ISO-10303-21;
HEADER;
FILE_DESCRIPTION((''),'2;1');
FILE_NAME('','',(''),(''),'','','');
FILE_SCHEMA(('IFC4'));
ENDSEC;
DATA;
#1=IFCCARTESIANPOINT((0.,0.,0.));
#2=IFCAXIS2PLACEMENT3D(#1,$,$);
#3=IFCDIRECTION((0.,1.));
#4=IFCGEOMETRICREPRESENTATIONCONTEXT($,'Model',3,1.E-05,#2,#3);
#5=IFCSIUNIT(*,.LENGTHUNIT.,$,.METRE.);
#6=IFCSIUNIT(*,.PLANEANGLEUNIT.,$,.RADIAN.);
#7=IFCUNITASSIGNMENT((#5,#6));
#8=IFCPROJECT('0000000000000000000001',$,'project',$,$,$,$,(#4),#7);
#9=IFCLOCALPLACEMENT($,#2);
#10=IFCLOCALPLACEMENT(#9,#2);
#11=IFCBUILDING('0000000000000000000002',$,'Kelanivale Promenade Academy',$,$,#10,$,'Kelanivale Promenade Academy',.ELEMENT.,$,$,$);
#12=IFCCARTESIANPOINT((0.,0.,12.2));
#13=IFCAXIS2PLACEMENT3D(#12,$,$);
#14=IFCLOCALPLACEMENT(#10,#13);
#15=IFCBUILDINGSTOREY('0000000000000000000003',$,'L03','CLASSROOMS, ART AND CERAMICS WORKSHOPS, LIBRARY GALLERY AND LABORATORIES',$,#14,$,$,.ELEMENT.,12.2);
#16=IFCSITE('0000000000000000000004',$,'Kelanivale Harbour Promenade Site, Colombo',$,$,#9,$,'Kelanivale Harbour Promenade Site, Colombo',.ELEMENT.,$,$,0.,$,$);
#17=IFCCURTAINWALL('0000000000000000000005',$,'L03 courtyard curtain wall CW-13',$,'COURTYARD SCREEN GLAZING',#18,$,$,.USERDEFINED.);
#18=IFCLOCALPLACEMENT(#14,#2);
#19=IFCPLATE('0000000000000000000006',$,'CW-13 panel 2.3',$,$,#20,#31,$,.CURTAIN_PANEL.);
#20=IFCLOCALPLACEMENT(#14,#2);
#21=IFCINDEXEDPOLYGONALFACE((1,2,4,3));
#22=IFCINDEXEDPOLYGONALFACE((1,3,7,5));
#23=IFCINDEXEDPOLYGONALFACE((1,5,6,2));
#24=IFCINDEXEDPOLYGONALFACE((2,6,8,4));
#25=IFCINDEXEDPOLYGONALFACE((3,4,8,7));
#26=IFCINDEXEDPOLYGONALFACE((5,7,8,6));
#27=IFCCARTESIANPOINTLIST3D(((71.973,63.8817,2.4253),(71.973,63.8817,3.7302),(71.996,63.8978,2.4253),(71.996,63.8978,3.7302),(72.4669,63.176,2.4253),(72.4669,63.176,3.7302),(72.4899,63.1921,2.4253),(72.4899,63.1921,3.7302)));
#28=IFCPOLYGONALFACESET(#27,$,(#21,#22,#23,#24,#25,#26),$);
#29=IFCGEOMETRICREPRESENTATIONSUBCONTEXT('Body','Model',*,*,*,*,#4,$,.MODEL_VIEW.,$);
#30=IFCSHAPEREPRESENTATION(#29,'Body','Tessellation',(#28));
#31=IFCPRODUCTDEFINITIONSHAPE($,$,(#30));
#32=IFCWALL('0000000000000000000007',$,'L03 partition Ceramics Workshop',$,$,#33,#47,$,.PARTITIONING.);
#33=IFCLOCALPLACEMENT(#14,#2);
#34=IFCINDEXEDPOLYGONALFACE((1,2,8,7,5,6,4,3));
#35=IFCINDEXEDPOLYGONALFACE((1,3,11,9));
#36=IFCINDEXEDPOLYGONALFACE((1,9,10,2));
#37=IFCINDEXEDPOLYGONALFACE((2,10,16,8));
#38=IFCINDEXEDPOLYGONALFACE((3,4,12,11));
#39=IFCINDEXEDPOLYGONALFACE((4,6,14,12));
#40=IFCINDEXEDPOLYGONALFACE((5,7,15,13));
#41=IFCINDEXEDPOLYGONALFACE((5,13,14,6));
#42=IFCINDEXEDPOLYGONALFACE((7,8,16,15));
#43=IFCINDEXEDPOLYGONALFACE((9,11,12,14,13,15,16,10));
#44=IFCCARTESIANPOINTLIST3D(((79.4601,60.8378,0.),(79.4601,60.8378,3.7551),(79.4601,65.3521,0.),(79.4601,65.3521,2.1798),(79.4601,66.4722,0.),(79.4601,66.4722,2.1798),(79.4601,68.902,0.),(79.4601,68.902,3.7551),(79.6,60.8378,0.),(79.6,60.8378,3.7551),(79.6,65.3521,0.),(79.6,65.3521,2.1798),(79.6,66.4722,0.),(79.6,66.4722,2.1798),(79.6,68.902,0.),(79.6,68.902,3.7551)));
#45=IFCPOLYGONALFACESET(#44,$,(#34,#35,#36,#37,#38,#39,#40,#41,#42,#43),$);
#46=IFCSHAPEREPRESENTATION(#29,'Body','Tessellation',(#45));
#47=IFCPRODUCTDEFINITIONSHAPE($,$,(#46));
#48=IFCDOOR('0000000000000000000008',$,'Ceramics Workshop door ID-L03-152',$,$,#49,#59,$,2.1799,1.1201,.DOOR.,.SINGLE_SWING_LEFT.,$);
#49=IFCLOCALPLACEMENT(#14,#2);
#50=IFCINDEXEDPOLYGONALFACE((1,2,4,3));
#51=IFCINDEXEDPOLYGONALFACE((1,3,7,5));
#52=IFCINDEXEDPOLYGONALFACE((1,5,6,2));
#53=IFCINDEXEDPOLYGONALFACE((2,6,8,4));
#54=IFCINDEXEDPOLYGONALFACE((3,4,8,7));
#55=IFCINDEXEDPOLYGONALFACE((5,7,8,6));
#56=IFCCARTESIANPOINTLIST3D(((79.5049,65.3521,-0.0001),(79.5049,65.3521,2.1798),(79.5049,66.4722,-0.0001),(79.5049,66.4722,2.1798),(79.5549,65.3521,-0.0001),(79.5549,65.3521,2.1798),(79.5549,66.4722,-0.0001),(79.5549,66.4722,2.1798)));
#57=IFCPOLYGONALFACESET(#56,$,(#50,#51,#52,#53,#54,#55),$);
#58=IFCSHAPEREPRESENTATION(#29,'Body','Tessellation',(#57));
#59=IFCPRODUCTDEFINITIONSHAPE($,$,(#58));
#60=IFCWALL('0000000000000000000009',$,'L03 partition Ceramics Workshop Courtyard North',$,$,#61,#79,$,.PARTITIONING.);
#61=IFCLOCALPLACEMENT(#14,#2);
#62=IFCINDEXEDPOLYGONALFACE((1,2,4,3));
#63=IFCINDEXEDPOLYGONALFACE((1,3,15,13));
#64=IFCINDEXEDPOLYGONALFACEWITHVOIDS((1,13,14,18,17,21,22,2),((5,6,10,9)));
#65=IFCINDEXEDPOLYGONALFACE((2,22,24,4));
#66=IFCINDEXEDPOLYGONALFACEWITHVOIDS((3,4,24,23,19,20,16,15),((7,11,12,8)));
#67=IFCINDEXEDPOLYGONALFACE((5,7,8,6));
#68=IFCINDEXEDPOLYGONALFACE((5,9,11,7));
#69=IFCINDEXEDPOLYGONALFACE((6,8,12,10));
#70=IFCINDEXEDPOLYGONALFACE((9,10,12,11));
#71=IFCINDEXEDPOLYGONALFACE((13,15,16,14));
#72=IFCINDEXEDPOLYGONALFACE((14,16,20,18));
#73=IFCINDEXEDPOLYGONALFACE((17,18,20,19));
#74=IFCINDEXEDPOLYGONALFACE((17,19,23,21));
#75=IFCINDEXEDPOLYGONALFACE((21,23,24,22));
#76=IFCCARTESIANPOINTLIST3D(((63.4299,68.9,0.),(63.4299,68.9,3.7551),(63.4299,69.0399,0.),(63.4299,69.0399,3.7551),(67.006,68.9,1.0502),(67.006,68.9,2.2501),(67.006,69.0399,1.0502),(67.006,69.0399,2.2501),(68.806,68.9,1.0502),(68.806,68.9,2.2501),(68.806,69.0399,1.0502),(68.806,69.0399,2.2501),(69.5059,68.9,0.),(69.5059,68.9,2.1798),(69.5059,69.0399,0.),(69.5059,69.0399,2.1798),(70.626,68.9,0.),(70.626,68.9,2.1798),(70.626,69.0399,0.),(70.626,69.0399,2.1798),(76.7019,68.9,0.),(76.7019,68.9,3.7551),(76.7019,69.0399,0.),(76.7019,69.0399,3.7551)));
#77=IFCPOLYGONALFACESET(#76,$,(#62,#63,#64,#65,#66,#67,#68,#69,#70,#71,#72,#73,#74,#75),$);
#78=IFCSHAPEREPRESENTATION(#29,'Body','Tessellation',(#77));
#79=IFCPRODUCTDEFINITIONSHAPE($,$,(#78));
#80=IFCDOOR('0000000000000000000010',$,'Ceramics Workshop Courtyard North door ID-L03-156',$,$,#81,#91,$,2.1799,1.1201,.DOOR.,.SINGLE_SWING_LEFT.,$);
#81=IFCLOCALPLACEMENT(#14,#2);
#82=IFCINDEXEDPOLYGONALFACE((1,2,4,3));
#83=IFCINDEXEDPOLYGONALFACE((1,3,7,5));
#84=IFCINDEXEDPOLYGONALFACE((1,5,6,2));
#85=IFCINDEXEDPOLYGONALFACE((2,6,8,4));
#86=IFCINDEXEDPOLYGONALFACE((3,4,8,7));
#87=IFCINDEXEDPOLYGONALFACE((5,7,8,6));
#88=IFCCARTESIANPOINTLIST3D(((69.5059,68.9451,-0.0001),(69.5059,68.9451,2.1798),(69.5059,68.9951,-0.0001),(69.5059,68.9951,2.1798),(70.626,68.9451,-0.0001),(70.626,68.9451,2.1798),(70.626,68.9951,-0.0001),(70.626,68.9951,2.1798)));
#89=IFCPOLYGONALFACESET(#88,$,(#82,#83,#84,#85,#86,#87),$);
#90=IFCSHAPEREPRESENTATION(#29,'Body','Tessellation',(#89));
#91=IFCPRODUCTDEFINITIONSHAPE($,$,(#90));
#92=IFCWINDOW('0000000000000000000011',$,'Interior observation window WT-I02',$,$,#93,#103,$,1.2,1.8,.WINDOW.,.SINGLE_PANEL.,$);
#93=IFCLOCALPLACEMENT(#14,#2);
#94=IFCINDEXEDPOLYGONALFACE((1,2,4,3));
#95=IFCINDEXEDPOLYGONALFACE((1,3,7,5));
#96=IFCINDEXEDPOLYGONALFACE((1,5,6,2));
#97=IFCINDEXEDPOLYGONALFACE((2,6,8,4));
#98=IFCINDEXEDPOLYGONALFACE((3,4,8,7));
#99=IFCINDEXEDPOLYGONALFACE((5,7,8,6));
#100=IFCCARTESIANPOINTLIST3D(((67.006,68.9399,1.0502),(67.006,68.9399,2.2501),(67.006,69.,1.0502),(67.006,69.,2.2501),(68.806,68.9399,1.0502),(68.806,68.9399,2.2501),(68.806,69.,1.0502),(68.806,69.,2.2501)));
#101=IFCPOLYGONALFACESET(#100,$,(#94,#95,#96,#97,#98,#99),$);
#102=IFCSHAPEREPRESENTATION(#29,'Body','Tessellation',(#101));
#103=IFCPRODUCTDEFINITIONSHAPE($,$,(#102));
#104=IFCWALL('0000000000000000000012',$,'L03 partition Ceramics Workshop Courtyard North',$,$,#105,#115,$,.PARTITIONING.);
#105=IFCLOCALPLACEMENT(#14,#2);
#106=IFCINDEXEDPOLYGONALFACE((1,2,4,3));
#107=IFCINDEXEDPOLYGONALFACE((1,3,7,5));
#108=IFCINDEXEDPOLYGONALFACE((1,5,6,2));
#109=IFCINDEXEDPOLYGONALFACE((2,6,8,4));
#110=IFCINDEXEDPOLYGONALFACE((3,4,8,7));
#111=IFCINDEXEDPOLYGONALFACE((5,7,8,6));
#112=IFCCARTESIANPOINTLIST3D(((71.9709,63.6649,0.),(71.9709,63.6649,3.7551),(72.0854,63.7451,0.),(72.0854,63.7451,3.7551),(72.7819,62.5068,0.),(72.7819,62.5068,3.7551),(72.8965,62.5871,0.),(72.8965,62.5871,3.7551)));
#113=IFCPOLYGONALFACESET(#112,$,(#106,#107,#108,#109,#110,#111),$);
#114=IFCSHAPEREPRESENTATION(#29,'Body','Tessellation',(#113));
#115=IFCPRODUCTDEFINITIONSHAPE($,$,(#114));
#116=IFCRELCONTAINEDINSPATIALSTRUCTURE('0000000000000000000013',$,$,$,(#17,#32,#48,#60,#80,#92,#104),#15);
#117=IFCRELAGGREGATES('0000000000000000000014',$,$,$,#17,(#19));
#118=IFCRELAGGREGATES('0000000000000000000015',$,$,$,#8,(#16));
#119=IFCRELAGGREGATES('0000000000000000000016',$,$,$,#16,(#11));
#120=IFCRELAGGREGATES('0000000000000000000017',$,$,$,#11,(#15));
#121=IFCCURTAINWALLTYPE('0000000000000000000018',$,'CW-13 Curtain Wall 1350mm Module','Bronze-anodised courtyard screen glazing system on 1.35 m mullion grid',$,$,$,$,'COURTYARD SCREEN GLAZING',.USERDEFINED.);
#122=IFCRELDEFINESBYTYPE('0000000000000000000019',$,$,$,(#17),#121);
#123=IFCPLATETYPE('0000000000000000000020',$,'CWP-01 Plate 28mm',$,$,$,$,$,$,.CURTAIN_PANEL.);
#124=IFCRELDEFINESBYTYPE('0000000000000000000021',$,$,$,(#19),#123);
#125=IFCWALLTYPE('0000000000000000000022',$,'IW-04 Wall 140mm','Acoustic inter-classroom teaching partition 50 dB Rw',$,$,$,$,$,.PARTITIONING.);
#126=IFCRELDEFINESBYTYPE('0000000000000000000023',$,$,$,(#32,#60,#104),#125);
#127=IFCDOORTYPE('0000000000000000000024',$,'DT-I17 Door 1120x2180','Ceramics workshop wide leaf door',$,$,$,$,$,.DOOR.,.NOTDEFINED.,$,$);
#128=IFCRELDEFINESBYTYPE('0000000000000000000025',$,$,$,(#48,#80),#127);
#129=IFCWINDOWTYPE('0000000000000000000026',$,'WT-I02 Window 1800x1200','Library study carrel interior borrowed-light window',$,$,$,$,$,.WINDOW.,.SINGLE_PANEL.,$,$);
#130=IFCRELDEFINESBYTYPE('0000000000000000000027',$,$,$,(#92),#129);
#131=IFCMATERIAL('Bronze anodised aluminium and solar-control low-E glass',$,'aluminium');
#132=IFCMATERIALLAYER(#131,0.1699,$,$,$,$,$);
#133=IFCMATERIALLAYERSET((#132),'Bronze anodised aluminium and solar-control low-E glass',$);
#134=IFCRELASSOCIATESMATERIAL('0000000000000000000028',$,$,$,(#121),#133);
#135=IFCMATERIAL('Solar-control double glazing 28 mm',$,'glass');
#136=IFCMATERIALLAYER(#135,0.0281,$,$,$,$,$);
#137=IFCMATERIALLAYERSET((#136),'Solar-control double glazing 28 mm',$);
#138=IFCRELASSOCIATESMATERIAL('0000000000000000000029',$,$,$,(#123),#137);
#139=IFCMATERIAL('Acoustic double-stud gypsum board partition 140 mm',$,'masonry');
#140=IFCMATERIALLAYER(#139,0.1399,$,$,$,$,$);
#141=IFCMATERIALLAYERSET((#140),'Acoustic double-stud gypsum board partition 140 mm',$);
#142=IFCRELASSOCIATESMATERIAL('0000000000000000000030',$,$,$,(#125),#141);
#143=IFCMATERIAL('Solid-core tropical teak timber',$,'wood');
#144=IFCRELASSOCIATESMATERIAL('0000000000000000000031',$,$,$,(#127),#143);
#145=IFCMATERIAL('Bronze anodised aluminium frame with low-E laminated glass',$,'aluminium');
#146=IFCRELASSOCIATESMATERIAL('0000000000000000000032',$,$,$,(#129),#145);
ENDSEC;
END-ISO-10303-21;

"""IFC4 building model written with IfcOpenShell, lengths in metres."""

from ifc_helpers import new_model, si_unit, direction, frame, frame_2d, origin, origin_2d, place, context, subcontext, project, spatial, rectangle, extrude, material, layer, layer_set, type_object, element, fill, aggregate, save


model = new_model("IFC4")

# Units and contexts
model_context = context("Model", 3, precision=1e-05, world=origin(), true_north=direction((0.0, 1.0)))
body_context = subcontext(model_context, "Body", "Model", "MODEL_VIEW")
ifc_project = project(units=[si_unit("LENGTHUNIT", "METRE"), si_unit("PLANEANGLEUNIT", "RADIAN")], contexts=[model_context])

# Site, building, storey
site_placement = place(None, origin())
site = spatial("IfcSite", under=ifc_project, at=site_placement, Name="Kelanivale Harbour Promenade Site, Colombo", LongName="Kelanivale Harbour Promenade Site, Colombo", CompositionType="ELEMENT", RefElevation=0.0)
building_placement = place(site_placement, origin())
building = spatial("IfcBuilding", under=site, at=building_placement, Name="Kelanivale Promenade Academy", LongName="Kelanivale Promenade Academy", CompositionType="ELEMENT")
storey_placement = place(building_placement, frame((0.0, 0.0, 12.2)))
storey = spatial("IfcBuildingStorey", under=building, at=storey_placement, Name="L03", Description="CLASSROOMS, ART AND CERAMICS WORKSHOPS, LIBRARY GALLERY AND LABORATORIES", CompositionType="ELEMENT", Elevation=12.2)

# Curtain wall
ifc_material_1 = material(Name="Bronze anodised aluminium and solar-control low-E glass", Category="aluminium")
ifc_layer_1 = layer(ifc_material_1, 0.1699)
ifc_layer_set_1 = layer_set([ifc_layer_1], Name="Bronze anodised aluminium and solar-control low-E glass")
curtain_wall_type = type_object("IfcCurtainWallType", Name="CW-13 Curtain Wall 1350mm Module", Description="Bronze-anodised courtyard screen glazing system on 1.35 m mullion grid", ElementType="COURTYARD SCREEN GLAZING", PredefinedType="USERDEFINED", material=ifc_layer_set_1)
curtain_wall_placement = place(storey_placement, origin())
curtain_wall = element("IfcCurtainWall", 1, at=curtain_wall_placement, inside=storey, type_object=curtain_wall_type, Name="L03 courtyard curtain wall CW-13", ObjectType="COURTYARD SCREEN GLAZING", PredefinedType="USERDEFINED")

# Plate
ifc_material_2 = material(Name="Solar-control double glazing 28 mm", Category="glass")
ifc_layer_2 = layer(ifc_material_2, 0.0281)
ifc_layer_set_2 = layer_set([ifc_layer_2], Name="Solar-control double glazing 28 mm")
plate_type = type_object("IfcPlateType", Name="CWP-01 Plate 28mm", PredefinedType="CURTAIN_PANEL", material=ifc_layer_set_2)
plate_1_placement = place(storey_placement, frame((72.2314, 63.5369, 2.4253), z_axis=(0.0, 0.0, 1.0), x_axis=(-0.573357, 0.819306, 0.0)))
plate_1 = element("IfcPlate", 2, at=plate_1_placement, type_object=plate_type, Name="CW-13 panel 2.3", PredefinedType="CURTAIN_PANEL", context=body_context, shape_type="SweptSolid", body=[
    extrude(rectangle(XDim=0.8613, YDim=0.0281, at=origin_2d()), origin(), (0.0, 0.0, 1.0), 1.3049),
])
aggregate(curtain_wall, [plate_1])

# Wall, opening, door
ifc_material_3 = material(Name="Acoustic double-stud gypsum board partition 140 mm", Category="masonry")
ifc_layer_3 = layer(ifc_material_3, 0.1399)
ifc_layer_set_3 = layer_set([ifc_layer_3], Name="Acoustic double-stud gypsum board partition 140 mm")
wall_type_1 = type_object("IfcWallType", Name="IW-04 Wall 140mm", Description="Acoustic inter-classroom teaching partition 50 dB Rw", PredefinedType="PARTITIONING", material=ifc_layer_set_3)
wall_1_placement = place(storey_placement, frame((79.53, 68.9021, 0.0), z_axis=(0.0, 0.0, 1.0), x_axis=(0.0, -1.0, 0.0)))
wall_1 = element("IfcWall", 3, at=wall_1_placement, inside=storey, type_object=wall_type_1, Name="L03 partition Ceramics Workshop", PredefinedType="PARTITIONING", context=body_context, shape_type="SweptSolid", body=[
    extrude(rectangle(XDim=8.0642, YDim=0.1399, at=frame_2d((4.0322, 0.0))), origin(), (0.0, 0.0, 1.0), 3.7551),
])
opening_1_placement = place(wall_1_placement, frame((2.4299, 0.0, 0.0)))
opening_1 = element("IfcOpeningElement", 4, at=opening_1_placement, cuts=wall_1, PredefinedType="OPENING", context=body_context, shape_type="SweptSolid", body=[
    extrude(rectangle(XDim=1.1201, YDim=2.1799, at=frame_2d((0.5601, 1.0898))), frame((0.0, 0.0801, 0.0), z_axis=(0.0, -1.0, 0.0), x_axis=(1.0, 0.0, 0.0)), (0.0, 0.0, 1.0), 0.1599),
])
ifc_material_4 = material(Name="Solid-core tropical teak timber", Category="wood")
door_type_1 = type_object("IfcDoorType", Name="DT-I17 Door 1120x2180", Description="Ceramics workshop wide leaf door", OperationType="NOTDEFINED", PredefinedType="DOOR", material=ifc_material_4)
door_1_placement = place(opening_1_placement, origin())
door_1 = element("IfcDoor", 5, at=door_1_placement, inside=storey, type_object=door_type_1, Name="Ceramics Workshop door ID-L03-152", OperationType="SINGLE_SWING_LEFT", OverallHeight=2.1799, OverallWidth=1.1201, PredefinedType="DOOR", context=body_context, shape_type="SweptSolid", body=[
    extrude(rectangle(XDim=1.1201, YDim=2.1799, at=frame_2d((0.5601, 1.0898))), frame((0.0, 0.0249, 0.0), z_axis=(0.0, -1.0, 0.0), x_axis=(1.0, 0.0, 0.0)), (0.0, 0.0, 1.0), 0.05),
])
fill(opening_1, door_1)

# Wall, openings, door, window
wall_2_placement = place(storey_placement, frame((76.7019, 68.97, 0.0), z_axis=(0.0, 0.0, 1.0), x_axis=(-1.0, 0.0, 0.0)))
wall_2 = element("IfcWall", 6, at=wall_2_placement, inside=storey, type_object=wall_type_1, Name="L03 partition Ceramics Workshop Courtyard North", PredefinedType="PARTITIONING", context=body_context, shape_type="SweptSolid", body=[
    extrude(rectangle(XDim=13.272, YDim=0.1399, at=frame_2d((6.636, 0.0))), origin(), (0.0, 0.0, 1.0), 3.7551),
])
opening_2_placement = place(wall_2_placement, frame((6.0759, 0.0, 0.0)))
opening_2 = element("IfcOpeningElement", 7, at=opening_2_placement, cuts=wall_2, PredefinedType="OPENING", context=body_context, shape_type="SweptSolid", body=[
    extrude(rectangle(XDim=1.1201, YDim=2.1799, at=frame_2d((0.5601, 1.0898))), frame((0.0, 0.0801, 0.0), z_axis=(0.0, -1.0, 0.0), x_axis=(1.0, 0.0, 0.0)), (0.0, 0.0, 1.0), 0.1599),
])
opening_3_placement = place(wall_2_placement, frame((7.896, 0.0, 1.05)))
opening_3 = element("IfcOpeningElement", 8, at=opening_3_placement, cuts=wall_2, PredefinedType="OPENING", context=body_context, shape_type="SweptSolid", body=[
    extrude(rectangle(XDim=1.8, YDim=1.2, at=frame_2d((0.8999, 0.6001))), frame((0.0, 0.0801, 0.0), z_axis=(0.0, -1.0, 0.0), x_axis=(1.0, 0.0, 0.0)), (0.0, 0.0, 1.0), 0.1599),
])
door_2_placement = place(opening_2_placement, origin())
door_2 = element("IfcDoor", 9, at=door_2_placement, inside=storey, type_object=door_type_1, Name="Ceramics Workshop Courtyard North door ID-L03-156", OperationType="SINGLE_SWING_LEFT", OverallHeight=2.1799, OverallWidth=1.1201, PredefinedType="DOOR", context=body_context, shape_type="SweptSolid", body=[
    extrude(rectangle(XDim=1.1201, YDim=2.1799, at=frame_2d((0.5601, 1.0898))), frame((0.0, 0.0249, 0.0), z_axis=(0.0, -1.0, 0.0), x_axis=(1.0, 0.0, 0.0)), (0.0, 0.0, 1.0), 0.05),
])
fill(opening_2, door_2)
ifc_material_5 = material(Name="Bronze anodised aluminium frame with low-E laminated glass", Category="aluminium")
window_type = type_object("IfcWindowType", Name="WT-I02 Window 1800x1200", Description="Library study carrel interior borrowed-light window", PartitioningType="SINGLE_PANEL", PredefinedType="WINDOW", material=ifc_material_5)
window_placement = place(opening_3_placement, origin())
window = element("IfcWindow", 10, at=window_placement, inside=storey, type_object=window_type, Name="Interior observation window WT-I02", OverallHeight=1.2, OverallWidth=1.8, PartitioningType="SINGLE_PANEL", PredefinedType="WINDOW", context=body_context, shape_type="SweptSolid", body=[
    extrude(rectangle(XDim=1.8, YDim=1.2, at=frame_2d((0.8999, 0.6001))), frame((0.0, 0.03, 0.0), z_axis=(0.0, -1.0, 0.0), x_axis=(1.0, 0.0, 0.0)), (0.0, 0.0, 1.0), 0.0601),
])
fill(opening_3, window)

# Wall
wall_3_placement = place(storey_placement, frame((72.0281, 63.7051, 0.0), z_axis=(0.0, 0.0, 1.0), x_axis=(0.573683, -0.819078, 0.0)))
element("IfcWall", 11, at=wall_3_placement, inside=storey, type_object=wall_type_1, Name="L03 partition Ceramics Workshop Courtyard North", PredefinedType="PARTITIONING", context=body_context, shape_type="SweptSolid", body=[
    extrude(rectangle(XDim=1.4138, YDim=0.1399, at=frame_2d((0.707, 0.0))), origin(), (0.0, 0.0, 1.0), 3.7551),
])

save(model, "model.ifc")
